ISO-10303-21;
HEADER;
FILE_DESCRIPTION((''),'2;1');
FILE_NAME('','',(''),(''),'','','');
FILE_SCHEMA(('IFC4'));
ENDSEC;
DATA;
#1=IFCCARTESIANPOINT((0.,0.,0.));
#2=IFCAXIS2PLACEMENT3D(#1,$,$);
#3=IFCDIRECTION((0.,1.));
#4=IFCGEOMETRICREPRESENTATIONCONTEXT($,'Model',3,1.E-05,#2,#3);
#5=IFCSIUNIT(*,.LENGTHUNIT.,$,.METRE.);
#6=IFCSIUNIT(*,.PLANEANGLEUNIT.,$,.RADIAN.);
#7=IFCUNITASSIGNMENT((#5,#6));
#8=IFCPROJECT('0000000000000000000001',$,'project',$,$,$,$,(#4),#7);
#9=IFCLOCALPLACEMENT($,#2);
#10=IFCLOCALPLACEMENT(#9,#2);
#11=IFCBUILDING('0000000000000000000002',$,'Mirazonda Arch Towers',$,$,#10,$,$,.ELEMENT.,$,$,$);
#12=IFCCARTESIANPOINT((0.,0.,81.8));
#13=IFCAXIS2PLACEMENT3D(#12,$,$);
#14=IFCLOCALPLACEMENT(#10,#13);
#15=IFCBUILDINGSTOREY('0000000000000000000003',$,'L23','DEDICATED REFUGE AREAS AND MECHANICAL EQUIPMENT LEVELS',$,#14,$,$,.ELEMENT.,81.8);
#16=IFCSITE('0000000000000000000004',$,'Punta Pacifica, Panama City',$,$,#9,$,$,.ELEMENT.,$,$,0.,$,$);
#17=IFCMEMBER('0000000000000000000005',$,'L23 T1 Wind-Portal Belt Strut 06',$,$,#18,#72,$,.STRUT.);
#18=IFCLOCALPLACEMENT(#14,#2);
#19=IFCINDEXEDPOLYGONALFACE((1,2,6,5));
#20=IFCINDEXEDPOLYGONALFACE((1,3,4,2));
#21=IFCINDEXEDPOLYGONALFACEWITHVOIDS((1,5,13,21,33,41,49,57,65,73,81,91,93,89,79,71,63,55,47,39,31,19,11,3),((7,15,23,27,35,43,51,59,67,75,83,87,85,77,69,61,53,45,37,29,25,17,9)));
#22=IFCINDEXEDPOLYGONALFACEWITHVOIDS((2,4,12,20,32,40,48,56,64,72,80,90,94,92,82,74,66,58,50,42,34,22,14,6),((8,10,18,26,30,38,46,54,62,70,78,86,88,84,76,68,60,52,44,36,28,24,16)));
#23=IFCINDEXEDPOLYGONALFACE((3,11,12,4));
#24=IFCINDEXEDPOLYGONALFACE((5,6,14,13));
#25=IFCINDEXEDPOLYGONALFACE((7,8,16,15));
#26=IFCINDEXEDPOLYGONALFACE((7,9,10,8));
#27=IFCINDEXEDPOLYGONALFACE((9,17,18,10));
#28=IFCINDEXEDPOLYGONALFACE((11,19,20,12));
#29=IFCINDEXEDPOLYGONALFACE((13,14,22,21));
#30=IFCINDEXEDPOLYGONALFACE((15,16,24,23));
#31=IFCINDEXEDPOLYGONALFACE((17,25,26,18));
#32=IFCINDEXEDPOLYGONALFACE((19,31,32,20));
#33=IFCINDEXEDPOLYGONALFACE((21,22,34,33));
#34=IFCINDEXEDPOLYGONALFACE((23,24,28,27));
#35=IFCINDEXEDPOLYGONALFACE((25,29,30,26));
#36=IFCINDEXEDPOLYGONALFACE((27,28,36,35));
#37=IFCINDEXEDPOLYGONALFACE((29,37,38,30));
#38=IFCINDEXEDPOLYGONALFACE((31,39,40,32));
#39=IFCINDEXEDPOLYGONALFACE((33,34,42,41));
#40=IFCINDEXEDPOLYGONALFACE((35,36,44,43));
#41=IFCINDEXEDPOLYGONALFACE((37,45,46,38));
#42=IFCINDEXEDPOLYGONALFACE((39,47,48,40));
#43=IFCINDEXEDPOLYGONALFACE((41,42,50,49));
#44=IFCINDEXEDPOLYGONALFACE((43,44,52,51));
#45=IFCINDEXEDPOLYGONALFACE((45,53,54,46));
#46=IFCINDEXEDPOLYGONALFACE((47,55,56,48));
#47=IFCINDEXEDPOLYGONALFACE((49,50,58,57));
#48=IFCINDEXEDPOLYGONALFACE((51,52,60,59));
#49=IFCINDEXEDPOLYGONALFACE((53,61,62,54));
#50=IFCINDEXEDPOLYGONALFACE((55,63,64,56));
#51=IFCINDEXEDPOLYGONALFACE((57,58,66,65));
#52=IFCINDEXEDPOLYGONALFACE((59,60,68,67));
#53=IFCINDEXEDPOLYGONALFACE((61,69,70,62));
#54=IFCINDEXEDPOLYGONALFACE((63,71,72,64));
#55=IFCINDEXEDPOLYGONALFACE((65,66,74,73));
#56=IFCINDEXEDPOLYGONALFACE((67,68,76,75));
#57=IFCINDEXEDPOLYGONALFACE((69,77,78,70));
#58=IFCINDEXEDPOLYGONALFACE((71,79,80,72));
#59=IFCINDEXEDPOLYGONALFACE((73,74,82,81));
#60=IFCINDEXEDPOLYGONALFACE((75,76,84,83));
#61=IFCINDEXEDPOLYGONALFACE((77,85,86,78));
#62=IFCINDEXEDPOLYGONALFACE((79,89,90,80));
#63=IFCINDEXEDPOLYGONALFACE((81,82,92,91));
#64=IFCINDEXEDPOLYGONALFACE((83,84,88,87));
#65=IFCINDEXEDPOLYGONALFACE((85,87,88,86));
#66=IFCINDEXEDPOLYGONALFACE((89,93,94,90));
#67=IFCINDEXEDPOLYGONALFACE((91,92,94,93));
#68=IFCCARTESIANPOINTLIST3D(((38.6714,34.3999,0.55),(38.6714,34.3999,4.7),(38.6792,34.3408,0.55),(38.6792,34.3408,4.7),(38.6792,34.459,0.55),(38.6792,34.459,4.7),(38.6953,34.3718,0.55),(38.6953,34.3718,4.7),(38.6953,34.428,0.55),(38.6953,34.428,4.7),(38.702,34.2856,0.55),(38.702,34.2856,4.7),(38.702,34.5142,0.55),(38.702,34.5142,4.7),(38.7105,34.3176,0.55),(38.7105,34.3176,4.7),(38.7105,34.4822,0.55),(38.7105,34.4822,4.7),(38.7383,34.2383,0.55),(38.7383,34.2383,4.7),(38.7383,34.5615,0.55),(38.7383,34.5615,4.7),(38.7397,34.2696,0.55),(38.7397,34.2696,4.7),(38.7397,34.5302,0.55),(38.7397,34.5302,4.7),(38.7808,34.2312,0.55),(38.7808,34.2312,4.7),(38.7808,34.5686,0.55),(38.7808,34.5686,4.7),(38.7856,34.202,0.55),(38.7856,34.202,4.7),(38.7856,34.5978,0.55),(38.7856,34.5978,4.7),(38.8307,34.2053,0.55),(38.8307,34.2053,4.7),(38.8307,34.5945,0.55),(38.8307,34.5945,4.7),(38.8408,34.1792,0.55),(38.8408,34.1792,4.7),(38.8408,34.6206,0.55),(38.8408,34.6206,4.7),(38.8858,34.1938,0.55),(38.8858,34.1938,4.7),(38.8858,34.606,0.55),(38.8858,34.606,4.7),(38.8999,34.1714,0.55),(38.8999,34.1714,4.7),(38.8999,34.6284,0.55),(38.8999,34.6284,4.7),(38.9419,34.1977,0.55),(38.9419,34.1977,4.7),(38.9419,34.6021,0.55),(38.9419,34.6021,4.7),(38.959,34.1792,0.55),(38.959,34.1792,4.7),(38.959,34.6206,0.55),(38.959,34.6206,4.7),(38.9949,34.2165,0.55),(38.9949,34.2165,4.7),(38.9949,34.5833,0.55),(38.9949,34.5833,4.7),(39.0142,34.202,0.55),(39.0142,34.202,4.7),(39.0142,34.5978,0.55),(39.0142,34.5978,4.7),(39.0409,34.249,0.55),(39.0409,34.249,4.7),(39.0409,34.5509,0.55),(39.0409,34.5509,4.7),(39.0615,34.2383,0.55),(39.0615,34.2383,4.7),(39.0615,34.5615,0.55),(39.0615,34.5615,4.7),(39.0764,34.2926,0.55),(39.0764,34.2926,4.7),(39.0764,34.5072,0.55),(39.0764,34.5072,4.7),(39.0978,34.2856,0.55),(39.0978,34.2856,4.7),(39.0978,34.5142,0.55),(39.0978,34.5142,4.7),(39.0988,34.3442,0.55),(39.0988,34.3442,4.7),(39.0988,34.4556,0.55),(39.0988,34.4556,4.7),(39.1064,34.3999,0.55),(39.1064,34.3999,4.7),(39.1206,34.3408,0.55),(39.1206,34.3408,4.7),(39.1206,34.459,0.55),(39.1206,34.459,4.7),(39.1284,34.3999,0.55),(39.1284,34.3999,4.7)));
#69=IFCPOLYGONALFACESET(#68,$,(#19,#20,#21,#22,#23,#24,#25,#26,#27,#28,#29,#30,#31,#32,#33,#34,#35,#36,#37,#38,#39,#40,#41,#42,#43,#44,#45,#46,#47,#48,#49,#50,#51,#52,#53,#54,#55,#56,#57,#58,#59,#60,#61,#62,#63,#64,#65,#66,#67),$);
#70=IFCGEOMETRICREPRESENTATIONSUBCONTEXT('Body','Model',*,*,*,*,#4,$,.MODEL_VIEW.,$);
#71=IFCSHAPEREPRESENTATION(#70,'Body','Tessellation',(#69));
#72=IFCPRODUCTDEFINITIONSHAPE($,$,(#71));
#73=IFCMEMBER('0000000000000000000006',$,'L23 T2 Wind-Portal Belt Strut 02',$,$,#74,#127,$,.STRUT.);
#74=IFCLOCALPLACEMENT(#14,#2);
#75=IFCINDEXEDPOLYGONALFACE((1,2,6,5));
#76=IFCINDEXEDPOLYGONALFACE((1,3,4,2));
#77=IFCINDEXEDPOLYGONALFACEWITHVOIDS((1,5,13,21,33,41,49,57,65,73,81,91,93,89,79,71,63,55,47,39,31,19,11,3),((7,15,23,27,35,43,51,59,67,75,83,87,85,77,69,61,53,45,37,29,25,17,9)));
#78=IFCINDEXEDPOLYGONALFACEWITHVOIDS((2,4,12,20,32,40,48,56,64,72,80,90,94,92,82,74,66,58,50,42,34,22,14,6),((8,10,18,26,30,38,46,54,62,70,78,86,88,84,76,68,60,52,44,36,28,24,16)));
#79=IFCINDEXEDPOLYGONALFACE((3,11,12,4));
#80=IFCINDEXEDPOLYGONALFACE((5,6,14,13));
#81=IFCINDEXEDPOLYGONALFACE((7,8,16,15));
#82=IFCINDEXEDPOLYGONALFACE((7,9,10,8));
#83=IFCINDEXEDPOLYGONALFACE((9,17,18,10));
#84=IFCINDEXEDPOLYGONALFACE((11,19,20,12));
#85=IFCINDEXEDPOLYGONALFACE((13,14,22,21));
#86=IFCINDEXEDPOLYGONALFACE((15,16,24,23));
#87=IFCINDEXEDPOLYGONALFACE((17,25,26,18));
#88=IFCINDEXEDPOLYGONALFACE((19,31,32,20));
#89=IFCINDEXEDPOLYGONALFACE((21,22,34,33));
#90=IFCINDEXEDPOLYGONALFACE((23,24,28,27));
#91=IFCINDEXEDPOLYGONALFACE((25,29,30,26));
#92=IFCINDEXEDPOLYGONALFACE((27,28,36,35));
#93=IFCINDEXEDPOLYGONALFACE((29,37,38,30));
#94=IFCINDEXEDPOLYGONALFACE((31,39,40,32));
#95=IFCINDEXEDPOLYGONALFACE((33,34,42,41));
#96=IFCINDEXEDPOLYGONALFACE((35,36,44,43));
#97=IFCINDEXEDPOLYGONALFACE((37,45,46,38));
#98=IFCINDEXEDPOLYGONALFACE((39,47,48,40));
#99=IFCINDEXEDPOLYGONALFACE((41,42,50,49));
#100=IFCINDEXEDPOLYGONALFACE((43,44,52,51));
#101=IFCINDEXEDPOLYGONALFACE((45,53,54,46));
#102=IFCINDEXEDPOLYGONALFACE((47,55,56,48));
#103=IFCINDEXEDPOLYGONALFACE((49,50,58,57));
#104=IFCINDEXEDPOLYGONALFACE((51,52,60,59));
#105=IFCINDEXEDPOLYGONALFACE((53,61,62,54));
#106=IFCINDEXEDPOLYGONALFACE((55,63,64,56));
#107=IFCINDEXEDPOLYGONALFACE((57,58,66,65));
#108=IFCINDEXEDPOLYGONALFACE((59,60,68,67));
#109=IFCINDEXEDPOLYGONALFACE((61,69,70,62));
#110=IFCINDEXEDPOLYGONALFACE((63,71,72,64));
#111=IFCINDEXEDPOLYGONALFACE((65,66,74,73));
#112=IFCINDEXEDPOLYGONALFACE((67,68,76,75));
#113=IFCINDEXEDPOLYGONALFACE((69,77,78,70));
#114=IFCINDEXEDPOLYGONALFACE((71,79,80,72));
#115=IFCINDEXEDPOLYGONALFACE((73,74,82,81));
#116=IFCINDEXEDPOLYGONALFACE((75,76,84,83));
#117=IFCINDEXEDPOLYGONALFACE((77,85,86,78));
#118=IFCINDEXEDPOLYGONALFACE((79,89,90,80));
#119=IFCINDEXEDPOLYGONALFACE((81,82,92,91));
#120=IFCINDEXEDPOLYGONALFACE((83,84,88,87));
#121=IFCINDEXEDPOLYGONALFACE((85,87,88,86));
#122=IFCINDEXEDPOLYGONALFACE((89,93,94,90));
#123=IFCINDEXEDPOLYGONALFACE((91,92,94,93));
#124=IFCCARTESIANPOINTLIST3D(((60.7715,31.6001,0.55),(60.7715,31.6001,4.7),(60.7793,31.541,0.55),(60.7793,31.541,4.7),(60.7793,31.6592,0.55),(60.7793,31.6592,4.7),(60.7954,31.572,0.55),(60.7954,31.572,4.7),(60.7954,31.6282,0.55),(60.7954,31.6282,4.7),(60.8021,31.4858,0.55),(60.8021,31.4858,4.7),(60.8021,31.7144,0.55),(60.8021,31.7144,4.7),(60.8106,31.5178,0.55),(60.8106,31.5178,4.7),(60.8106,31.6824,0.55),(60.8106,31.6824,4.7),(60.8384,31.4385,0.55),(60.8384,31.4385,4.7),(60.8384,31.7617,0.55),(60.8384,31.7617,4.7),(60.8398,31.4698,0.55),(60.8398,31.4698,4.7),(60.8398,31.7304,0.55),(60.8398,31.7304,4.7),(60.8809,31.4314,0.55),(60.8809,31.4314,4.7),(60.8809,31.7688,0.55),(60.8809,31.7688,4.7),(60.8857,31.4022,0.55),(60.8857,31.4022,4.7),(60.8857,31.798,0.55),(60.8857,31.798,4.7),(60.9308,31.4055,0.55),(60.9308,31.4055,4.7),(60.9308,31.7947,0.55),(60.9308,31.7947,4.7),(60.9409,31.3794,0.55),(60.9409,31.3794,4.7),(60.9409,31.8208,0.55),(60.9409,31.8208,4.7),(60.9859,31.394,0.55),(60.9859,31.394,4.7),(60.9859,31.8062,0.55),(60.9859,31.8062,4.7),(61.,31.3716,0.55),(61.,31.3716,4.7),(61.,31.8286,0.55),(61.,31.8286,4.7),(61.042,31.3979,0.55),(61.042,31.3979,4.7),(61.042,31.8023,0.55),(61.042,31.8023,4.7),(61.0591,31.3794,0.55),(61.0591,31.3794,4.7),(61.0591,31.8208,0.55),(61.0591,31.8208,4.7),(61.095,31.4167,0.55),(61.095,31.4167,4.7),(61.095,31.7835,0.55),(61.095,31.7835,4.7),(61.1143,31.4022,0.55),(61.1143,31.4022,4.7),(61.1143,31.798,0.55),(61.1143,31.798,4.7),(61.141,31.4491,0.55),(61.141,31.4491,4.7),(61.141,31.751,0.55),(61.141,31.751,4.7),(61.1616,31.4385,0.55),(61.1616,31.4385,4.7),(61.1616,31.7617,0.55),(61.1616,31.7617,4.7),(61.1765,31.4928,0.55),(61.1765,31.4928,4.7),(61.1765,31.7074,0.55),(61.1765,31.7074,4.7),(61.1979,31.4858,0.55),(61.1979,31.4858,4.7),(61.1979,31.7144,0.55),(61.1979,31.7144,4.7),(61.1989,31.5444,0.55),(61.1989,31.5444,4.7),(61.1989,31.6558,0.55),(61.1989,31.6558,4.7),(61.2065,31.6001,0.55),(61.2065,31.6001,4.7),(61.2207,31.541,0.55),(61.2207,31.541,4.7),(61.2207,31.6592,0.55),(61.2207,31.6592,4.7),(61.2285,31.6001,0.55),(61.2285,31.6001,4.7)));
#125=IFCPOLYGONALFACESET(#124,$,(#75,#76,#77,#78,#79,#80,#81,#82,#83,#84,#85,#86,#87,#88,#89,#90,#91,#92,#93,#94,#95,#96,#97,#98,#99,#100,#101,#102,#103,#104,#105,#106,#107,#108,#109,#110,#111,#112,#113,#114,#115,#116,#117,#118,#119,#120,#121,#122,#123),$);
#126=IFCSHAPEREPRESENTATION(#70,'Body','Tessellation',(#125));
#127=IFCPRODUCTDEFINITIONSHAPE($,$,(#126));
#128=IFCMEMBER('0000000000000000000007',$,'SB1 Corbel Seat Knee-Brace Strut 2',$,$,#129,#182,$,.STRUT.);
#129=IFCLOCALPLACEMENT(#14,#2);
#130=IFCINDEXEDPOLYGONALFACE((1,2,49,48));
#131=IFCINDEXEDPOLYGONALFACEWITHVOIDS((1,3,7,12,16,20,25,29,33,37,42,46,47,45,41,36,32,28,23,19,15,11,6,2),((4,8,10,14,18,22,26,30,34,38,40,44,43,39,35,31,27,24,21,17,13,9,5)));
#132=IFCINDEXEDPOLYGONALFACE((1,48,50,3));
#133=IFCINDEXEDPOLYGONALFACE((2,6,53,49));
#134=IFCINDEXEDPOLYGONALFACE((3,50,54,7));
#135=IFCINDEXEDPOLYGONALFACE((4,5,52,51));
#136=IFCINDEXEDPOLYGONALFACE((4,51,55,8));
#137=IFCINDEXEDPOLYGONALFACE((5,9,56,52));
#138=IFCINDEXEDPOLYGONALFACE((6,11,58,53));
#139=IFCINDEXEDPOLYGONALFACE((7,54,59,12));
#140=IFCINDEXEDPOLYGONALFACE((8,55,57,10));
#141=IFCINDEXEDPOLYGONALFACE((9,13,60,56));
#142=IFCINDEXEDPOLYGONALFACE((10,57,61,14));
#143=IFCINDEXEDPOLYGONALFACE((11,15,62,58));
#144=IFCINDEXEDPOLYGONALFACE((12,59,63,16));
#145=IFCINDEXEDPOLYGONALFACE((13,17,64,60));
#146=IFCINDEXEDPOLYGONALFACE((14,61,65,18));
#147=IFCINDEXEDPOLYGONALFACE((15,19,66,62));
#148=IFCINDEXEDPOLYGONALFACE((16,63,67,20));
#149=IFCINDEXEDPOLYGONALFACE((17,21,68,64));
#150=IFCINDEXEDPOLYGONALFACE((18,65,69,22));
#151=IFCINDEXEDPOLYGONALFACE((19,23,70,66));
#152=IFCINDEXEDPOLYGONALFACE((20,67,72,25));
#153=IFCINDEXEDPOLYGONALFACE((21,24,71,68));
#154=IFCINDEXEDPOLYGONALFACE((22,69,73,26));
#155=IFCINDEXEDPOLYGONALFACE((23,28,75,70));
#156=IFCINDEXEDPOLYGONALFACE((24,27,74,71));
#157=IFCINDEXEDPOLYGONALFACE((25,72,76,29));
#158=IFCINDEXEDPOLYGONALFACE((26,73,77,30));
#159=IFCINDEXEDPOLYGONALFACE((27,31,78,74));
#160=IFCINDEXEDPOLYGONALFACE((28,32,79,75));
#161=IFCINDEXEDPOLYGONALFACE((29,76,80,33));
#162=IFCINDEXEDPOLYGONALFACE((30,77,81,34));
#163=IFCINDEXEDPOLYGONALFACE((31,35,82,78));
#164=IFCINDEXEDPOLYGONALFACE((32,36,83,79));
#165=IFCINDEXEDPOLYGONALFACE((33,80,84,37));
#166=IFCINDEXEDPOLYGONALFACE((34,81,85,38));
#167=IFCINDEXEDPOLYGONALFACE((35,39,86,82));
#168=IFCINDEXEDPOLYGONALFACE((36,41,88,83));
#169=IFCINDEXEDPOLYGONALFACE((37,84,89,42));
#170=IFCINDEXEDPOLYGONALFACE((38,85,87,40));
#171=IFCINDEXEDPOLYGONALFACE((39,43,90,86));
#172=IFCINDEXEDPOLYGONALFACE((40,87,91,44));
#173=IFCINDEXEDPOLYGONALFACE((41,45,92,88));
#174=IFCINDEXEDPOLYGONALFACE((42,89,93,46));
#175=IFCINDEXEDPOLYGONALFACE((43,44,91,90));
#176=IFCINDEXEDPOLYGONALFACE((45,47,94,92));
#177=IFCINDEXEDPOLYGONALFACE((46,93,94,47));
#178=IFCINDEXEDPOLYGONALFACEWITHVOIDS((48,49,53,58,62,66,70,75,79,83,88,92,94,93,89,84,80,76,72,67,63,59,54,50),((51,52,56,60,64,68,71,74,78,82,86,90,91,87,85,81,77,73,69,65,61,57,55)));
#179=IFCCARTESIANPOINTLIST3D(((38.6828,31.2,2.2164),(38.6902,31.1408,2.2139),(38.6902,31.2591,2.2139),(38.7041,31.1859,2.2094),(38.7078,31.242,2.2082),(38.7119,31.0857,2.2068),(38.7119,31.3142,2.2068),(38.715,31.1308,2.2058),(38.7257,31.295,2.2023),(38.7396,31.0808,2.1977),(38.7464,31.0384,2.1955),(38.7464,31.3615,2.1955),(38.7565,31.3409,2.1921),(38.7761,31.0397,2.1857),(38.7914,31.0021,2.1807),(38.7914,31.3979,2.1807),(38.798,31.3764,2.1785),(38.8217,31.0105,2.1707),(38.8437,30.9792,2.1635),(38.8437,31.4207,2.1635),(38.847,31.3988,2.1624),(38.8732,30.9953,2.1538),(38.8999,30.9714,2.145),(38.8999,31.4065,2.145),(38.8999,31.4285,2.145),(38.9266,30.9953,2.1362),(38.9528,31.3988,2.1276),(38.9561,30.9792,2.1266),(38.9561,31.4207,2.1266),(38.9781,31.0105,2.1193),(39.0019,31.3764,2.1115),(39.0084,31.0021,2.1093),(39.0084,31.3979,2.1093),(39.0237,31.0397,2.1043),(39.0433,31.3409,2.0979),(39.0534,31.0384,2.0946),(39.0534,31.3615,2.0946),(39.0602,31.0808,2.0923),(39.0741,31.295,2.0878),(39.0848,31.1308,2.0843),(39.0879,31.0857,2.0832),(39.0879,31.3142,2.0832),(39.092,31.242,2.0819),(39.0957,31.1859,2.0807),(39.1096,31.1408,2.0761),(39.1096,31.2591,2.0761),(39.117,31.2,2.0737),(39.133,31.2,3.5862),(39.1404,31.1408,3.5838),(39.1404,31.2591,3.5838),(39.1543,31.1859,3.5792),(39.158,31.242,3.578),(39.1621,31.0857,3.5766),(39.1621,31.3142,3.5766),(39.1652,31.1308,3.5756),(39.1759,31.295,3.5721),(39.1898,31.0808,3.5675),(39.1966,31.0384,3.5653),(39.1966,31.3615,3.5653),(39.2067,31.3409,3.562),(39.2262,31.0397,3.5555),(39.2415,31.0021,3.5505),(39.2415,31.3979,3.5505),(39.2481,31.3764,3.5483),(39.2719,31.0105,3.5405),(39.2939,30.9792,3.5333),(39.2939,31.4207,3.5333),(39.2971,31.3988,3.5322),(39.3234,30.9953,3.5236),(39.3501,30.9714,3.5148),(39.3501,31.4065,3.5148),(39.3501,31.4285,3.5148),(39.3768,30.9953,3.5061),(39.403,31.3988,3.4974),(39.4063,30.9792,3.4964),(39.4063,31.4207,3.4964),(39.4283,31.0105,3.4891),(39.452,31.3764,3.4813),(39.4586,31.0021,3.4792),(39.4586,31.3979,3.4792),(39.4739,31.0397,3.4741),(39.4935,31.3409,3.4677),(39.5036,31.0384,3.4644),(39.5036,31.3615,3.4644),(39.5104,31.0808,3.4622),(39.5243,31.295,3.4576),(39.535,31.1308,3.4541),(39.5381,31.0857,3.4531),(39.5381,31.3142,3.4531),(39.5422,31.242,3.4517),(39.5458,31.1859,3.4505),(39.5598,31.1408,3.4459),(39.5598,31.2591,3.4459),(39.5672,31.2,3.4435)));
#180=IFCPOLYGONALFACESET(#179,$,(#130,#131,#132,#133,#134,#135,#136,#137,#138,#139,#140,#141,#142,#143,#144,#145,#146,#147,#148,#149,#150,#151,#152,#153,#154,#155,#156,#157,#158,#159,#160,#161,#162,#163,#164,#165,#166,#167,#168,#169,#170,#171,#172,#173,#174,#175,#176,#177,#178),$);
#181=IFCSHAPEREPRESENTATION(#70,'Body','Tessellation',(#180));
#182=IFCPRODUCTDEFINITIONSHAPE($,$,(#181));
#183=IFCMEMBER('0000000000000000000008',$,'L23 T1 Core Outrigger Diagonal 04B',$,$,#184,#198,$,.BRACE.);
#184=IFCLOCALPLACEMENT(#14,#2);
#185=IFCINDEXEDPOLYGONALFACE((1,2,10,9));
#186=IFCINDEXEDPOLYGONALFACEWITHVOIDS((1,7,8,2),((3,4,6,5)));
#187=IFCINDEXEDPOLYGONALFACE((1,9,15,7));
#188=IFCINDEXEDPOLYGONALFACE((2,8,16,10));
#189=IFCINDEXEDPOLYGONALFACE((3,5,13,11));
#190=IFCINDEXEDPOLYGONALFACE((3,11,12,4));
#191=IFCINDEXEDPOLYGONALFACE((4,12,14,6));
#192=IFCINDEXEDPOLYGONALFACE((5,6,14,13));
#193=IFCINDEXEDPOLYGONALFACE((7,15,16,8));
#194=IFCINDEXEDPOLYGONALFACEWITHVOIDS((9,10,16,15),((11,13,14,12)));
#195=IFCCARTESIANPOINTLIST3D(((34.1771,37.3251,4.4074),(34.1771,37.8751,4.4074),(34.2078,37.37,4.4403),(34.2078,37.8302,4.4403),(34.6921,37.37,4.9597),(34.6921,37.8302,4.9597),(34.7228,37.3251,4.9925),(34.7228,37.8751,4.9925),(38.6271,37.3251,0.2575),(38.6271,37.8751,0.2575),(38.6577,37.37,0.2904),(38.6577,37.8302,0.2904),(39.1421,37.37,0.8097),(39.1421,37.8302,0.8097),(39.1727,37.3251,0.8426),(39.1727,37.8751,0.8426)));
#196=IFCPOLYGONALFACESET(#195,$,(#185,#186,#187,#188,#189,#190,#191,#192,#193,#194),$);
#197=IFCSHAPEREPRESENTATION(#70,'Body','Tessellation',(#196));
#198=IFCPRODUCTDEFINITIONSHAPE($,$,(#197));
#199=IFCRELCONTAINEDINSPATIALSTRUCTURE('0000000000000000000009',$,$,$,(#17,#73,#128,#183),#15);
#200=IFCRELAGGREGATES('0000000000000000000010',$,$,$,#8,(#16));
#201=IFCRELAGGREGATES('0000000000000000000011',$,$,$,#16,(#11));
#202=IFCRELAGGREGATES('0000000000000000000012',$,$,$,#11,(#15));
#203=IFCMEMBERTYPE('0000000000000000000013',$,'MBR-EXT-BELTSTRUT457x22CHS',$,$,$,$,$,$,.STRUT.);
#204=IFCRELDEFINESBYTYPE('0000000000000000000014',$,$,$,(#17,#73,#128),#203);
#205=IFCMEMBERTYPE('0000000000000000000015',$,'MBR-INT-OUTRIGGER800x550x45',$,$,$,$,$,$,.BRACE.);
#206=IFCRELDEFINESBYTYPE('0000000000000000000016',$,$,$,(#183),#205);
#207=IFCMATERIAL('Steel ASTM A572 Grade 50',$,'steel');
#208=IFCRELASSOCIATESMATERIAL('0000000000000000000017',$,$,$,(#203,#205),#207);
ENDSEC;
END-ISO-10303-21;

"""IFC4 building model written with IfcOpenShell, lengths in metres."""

from ifc_helpers import new_model, si_unit, direction, frame, origin, origin_2d, place, context, subcontext, project, spatial, hollow_rectangle, hollow_circle, extrude, material, material_profile, profile_set, type_object, element, save


model = new_model("IFC4")

# Units and contexts
model_context = context("Model", 3, precision=1e-05, world=origin(), true_north=direction((0.0, 1.0)))
body_context = subcontext(model_context, "Body", "Model", "MODEL_VIEW")
ifc_project = project(units=[si_unit("LENGTHUNIT", "METRE"), si_unit("PLANEANGLEUNIT", "RADIAN")], contexts=[model_context])

# Site, building, storey
site_placement = place(None, origin())
site = spatial("IfcSite", under=ifc_project, at=site_placement, Name="Punta Pacifica, Panama City", CompositionType="ELEMENT", RefElevation=0.0)
building_placement = place(site_placement, origin())
building = spatial("IfcBuilding", under=site, at=building_placement, Name="Mirazonda Arch Towers", CompositionType="ELEMENT")
storey_placement = place(building_placement, frame((0.0, 0.0, 81.8)))
storey = spatial("IfcBuildingStorey", under=building, at=storey_placement, Name="L23", Description="DEDICATED REFUGE AREAS AND MECHANICAL EQUIPMENT LEVELS", CompositionType="ELEMENT", Elevation=81.8)

# Shared definitions
ifc_material_1 = material(Name="Steel ASTM A572 Grade 50", Category="steel")

# Members
ifc_material_profile_1 = material_profile(ifc_material_1, hollow_circle(Radius=0.2285, WallThickness=0.022, at=origin_2d()), Name="BELTSTRUT457x22CHS")
ifc_profile_set_1 = profile_set([ifc_material_profile_1], Name="Steel ASTM A572 Grade 50")
member_type_1 = type_object("IfcMemberType", Name="MBR-EXT-BELTSTRUT457x22CHS", PredefinedType="STRUT", material=ifc_profile_set_1)
for number, where, z_axis, x_axis, name in (
    (1, (38.8999, 34.3999, 0.55), (0.0, 0.0, 1.0), (1.0, 0.0, 0.0), "L23 T1 Wind-Portal Belt Strut 06"),
    (2, (61.0, 31.6001, 0.55), (0.0, 0.0, 1.0), (1.0, 0.0, 0.0), "L23 T2 Wind-Portal Belt Strut 02"),
):
    element("IfcMember", number, at=place(storey_placement, frame(where, z_axis=z_axis, x_axis=x_axis)), inside=storey, type_object=member_type_1, Name=name, PredefinedType="STRUT", context=body_context, shape_type="SweptSolid", body=[
        extrude(hollow_circle(Radius=0.2285, WallThickness=0.022, at=origin_2d()), origin(), (0.0, 0.0, 1.0), 4.1499),
    ])
member_1_placement = place(storey_placement, frame((38.8999, 31.2, 2.145), z_axis=(0.312212, 0.0, 0.950012), x_axis=(0.0, 1.0, 0.0)))
element("IfcMember", 3, at=member_1_placement, inside=storey, type_object=member_type_1, Name="SB1 Corbel Seat Knee-Brace Strut 2", PredefinedType="STRUT", context=body_context, shape_type="SweptSolid", body=[
    extrude(hollow_circle(Radius=0.2285, WallThickness=0.022, at=origin_2d()), origin(), (0.0, 0.0, 1.0), 1.4419),
])
ifc_material_profile_2 = material_profile(ifc_material_1, hollow_rectangle(XDim=0.55, YDim=0.8, WallThickness=0.0449, at=origin_2d()), Name="OUTRIGGER800x550x45")
ifc_profile_set_2 = profile_set([ifc_material_profile_2], Name="Steel ASTM A572 Grade 50")
member_type_2 = type_object("IfcMemberType", Name="MBR-INT-OUTRIGGER800x550x45", PredefinedType="BRACE", material=ifc_profile_set_2)
member_2_placement = place(storey_placement, frame((38.8999, 37.6001, 0.55), z_axis=(-0.731333, 0.0, 0.682021), x_axis=(0.0, -1.0, 0.0)))
element("IfcMember", 4, at=member_2_placement, inside=storey, type_object=member_type_2, Name="L23 T1 Core Outrigger Diagonal 04B", PredefinedType="BRACE", context=body_context, shape_type="SweptSolid", body=[
    extrude(hollow_rectangle(XDim=0.55, YDim=0.8, WallThickness=0.0449, at=origin_2d()), origin(), (0.0, 0.0, 1.0), 6.0847),
])

save(model, "model.ifc")
